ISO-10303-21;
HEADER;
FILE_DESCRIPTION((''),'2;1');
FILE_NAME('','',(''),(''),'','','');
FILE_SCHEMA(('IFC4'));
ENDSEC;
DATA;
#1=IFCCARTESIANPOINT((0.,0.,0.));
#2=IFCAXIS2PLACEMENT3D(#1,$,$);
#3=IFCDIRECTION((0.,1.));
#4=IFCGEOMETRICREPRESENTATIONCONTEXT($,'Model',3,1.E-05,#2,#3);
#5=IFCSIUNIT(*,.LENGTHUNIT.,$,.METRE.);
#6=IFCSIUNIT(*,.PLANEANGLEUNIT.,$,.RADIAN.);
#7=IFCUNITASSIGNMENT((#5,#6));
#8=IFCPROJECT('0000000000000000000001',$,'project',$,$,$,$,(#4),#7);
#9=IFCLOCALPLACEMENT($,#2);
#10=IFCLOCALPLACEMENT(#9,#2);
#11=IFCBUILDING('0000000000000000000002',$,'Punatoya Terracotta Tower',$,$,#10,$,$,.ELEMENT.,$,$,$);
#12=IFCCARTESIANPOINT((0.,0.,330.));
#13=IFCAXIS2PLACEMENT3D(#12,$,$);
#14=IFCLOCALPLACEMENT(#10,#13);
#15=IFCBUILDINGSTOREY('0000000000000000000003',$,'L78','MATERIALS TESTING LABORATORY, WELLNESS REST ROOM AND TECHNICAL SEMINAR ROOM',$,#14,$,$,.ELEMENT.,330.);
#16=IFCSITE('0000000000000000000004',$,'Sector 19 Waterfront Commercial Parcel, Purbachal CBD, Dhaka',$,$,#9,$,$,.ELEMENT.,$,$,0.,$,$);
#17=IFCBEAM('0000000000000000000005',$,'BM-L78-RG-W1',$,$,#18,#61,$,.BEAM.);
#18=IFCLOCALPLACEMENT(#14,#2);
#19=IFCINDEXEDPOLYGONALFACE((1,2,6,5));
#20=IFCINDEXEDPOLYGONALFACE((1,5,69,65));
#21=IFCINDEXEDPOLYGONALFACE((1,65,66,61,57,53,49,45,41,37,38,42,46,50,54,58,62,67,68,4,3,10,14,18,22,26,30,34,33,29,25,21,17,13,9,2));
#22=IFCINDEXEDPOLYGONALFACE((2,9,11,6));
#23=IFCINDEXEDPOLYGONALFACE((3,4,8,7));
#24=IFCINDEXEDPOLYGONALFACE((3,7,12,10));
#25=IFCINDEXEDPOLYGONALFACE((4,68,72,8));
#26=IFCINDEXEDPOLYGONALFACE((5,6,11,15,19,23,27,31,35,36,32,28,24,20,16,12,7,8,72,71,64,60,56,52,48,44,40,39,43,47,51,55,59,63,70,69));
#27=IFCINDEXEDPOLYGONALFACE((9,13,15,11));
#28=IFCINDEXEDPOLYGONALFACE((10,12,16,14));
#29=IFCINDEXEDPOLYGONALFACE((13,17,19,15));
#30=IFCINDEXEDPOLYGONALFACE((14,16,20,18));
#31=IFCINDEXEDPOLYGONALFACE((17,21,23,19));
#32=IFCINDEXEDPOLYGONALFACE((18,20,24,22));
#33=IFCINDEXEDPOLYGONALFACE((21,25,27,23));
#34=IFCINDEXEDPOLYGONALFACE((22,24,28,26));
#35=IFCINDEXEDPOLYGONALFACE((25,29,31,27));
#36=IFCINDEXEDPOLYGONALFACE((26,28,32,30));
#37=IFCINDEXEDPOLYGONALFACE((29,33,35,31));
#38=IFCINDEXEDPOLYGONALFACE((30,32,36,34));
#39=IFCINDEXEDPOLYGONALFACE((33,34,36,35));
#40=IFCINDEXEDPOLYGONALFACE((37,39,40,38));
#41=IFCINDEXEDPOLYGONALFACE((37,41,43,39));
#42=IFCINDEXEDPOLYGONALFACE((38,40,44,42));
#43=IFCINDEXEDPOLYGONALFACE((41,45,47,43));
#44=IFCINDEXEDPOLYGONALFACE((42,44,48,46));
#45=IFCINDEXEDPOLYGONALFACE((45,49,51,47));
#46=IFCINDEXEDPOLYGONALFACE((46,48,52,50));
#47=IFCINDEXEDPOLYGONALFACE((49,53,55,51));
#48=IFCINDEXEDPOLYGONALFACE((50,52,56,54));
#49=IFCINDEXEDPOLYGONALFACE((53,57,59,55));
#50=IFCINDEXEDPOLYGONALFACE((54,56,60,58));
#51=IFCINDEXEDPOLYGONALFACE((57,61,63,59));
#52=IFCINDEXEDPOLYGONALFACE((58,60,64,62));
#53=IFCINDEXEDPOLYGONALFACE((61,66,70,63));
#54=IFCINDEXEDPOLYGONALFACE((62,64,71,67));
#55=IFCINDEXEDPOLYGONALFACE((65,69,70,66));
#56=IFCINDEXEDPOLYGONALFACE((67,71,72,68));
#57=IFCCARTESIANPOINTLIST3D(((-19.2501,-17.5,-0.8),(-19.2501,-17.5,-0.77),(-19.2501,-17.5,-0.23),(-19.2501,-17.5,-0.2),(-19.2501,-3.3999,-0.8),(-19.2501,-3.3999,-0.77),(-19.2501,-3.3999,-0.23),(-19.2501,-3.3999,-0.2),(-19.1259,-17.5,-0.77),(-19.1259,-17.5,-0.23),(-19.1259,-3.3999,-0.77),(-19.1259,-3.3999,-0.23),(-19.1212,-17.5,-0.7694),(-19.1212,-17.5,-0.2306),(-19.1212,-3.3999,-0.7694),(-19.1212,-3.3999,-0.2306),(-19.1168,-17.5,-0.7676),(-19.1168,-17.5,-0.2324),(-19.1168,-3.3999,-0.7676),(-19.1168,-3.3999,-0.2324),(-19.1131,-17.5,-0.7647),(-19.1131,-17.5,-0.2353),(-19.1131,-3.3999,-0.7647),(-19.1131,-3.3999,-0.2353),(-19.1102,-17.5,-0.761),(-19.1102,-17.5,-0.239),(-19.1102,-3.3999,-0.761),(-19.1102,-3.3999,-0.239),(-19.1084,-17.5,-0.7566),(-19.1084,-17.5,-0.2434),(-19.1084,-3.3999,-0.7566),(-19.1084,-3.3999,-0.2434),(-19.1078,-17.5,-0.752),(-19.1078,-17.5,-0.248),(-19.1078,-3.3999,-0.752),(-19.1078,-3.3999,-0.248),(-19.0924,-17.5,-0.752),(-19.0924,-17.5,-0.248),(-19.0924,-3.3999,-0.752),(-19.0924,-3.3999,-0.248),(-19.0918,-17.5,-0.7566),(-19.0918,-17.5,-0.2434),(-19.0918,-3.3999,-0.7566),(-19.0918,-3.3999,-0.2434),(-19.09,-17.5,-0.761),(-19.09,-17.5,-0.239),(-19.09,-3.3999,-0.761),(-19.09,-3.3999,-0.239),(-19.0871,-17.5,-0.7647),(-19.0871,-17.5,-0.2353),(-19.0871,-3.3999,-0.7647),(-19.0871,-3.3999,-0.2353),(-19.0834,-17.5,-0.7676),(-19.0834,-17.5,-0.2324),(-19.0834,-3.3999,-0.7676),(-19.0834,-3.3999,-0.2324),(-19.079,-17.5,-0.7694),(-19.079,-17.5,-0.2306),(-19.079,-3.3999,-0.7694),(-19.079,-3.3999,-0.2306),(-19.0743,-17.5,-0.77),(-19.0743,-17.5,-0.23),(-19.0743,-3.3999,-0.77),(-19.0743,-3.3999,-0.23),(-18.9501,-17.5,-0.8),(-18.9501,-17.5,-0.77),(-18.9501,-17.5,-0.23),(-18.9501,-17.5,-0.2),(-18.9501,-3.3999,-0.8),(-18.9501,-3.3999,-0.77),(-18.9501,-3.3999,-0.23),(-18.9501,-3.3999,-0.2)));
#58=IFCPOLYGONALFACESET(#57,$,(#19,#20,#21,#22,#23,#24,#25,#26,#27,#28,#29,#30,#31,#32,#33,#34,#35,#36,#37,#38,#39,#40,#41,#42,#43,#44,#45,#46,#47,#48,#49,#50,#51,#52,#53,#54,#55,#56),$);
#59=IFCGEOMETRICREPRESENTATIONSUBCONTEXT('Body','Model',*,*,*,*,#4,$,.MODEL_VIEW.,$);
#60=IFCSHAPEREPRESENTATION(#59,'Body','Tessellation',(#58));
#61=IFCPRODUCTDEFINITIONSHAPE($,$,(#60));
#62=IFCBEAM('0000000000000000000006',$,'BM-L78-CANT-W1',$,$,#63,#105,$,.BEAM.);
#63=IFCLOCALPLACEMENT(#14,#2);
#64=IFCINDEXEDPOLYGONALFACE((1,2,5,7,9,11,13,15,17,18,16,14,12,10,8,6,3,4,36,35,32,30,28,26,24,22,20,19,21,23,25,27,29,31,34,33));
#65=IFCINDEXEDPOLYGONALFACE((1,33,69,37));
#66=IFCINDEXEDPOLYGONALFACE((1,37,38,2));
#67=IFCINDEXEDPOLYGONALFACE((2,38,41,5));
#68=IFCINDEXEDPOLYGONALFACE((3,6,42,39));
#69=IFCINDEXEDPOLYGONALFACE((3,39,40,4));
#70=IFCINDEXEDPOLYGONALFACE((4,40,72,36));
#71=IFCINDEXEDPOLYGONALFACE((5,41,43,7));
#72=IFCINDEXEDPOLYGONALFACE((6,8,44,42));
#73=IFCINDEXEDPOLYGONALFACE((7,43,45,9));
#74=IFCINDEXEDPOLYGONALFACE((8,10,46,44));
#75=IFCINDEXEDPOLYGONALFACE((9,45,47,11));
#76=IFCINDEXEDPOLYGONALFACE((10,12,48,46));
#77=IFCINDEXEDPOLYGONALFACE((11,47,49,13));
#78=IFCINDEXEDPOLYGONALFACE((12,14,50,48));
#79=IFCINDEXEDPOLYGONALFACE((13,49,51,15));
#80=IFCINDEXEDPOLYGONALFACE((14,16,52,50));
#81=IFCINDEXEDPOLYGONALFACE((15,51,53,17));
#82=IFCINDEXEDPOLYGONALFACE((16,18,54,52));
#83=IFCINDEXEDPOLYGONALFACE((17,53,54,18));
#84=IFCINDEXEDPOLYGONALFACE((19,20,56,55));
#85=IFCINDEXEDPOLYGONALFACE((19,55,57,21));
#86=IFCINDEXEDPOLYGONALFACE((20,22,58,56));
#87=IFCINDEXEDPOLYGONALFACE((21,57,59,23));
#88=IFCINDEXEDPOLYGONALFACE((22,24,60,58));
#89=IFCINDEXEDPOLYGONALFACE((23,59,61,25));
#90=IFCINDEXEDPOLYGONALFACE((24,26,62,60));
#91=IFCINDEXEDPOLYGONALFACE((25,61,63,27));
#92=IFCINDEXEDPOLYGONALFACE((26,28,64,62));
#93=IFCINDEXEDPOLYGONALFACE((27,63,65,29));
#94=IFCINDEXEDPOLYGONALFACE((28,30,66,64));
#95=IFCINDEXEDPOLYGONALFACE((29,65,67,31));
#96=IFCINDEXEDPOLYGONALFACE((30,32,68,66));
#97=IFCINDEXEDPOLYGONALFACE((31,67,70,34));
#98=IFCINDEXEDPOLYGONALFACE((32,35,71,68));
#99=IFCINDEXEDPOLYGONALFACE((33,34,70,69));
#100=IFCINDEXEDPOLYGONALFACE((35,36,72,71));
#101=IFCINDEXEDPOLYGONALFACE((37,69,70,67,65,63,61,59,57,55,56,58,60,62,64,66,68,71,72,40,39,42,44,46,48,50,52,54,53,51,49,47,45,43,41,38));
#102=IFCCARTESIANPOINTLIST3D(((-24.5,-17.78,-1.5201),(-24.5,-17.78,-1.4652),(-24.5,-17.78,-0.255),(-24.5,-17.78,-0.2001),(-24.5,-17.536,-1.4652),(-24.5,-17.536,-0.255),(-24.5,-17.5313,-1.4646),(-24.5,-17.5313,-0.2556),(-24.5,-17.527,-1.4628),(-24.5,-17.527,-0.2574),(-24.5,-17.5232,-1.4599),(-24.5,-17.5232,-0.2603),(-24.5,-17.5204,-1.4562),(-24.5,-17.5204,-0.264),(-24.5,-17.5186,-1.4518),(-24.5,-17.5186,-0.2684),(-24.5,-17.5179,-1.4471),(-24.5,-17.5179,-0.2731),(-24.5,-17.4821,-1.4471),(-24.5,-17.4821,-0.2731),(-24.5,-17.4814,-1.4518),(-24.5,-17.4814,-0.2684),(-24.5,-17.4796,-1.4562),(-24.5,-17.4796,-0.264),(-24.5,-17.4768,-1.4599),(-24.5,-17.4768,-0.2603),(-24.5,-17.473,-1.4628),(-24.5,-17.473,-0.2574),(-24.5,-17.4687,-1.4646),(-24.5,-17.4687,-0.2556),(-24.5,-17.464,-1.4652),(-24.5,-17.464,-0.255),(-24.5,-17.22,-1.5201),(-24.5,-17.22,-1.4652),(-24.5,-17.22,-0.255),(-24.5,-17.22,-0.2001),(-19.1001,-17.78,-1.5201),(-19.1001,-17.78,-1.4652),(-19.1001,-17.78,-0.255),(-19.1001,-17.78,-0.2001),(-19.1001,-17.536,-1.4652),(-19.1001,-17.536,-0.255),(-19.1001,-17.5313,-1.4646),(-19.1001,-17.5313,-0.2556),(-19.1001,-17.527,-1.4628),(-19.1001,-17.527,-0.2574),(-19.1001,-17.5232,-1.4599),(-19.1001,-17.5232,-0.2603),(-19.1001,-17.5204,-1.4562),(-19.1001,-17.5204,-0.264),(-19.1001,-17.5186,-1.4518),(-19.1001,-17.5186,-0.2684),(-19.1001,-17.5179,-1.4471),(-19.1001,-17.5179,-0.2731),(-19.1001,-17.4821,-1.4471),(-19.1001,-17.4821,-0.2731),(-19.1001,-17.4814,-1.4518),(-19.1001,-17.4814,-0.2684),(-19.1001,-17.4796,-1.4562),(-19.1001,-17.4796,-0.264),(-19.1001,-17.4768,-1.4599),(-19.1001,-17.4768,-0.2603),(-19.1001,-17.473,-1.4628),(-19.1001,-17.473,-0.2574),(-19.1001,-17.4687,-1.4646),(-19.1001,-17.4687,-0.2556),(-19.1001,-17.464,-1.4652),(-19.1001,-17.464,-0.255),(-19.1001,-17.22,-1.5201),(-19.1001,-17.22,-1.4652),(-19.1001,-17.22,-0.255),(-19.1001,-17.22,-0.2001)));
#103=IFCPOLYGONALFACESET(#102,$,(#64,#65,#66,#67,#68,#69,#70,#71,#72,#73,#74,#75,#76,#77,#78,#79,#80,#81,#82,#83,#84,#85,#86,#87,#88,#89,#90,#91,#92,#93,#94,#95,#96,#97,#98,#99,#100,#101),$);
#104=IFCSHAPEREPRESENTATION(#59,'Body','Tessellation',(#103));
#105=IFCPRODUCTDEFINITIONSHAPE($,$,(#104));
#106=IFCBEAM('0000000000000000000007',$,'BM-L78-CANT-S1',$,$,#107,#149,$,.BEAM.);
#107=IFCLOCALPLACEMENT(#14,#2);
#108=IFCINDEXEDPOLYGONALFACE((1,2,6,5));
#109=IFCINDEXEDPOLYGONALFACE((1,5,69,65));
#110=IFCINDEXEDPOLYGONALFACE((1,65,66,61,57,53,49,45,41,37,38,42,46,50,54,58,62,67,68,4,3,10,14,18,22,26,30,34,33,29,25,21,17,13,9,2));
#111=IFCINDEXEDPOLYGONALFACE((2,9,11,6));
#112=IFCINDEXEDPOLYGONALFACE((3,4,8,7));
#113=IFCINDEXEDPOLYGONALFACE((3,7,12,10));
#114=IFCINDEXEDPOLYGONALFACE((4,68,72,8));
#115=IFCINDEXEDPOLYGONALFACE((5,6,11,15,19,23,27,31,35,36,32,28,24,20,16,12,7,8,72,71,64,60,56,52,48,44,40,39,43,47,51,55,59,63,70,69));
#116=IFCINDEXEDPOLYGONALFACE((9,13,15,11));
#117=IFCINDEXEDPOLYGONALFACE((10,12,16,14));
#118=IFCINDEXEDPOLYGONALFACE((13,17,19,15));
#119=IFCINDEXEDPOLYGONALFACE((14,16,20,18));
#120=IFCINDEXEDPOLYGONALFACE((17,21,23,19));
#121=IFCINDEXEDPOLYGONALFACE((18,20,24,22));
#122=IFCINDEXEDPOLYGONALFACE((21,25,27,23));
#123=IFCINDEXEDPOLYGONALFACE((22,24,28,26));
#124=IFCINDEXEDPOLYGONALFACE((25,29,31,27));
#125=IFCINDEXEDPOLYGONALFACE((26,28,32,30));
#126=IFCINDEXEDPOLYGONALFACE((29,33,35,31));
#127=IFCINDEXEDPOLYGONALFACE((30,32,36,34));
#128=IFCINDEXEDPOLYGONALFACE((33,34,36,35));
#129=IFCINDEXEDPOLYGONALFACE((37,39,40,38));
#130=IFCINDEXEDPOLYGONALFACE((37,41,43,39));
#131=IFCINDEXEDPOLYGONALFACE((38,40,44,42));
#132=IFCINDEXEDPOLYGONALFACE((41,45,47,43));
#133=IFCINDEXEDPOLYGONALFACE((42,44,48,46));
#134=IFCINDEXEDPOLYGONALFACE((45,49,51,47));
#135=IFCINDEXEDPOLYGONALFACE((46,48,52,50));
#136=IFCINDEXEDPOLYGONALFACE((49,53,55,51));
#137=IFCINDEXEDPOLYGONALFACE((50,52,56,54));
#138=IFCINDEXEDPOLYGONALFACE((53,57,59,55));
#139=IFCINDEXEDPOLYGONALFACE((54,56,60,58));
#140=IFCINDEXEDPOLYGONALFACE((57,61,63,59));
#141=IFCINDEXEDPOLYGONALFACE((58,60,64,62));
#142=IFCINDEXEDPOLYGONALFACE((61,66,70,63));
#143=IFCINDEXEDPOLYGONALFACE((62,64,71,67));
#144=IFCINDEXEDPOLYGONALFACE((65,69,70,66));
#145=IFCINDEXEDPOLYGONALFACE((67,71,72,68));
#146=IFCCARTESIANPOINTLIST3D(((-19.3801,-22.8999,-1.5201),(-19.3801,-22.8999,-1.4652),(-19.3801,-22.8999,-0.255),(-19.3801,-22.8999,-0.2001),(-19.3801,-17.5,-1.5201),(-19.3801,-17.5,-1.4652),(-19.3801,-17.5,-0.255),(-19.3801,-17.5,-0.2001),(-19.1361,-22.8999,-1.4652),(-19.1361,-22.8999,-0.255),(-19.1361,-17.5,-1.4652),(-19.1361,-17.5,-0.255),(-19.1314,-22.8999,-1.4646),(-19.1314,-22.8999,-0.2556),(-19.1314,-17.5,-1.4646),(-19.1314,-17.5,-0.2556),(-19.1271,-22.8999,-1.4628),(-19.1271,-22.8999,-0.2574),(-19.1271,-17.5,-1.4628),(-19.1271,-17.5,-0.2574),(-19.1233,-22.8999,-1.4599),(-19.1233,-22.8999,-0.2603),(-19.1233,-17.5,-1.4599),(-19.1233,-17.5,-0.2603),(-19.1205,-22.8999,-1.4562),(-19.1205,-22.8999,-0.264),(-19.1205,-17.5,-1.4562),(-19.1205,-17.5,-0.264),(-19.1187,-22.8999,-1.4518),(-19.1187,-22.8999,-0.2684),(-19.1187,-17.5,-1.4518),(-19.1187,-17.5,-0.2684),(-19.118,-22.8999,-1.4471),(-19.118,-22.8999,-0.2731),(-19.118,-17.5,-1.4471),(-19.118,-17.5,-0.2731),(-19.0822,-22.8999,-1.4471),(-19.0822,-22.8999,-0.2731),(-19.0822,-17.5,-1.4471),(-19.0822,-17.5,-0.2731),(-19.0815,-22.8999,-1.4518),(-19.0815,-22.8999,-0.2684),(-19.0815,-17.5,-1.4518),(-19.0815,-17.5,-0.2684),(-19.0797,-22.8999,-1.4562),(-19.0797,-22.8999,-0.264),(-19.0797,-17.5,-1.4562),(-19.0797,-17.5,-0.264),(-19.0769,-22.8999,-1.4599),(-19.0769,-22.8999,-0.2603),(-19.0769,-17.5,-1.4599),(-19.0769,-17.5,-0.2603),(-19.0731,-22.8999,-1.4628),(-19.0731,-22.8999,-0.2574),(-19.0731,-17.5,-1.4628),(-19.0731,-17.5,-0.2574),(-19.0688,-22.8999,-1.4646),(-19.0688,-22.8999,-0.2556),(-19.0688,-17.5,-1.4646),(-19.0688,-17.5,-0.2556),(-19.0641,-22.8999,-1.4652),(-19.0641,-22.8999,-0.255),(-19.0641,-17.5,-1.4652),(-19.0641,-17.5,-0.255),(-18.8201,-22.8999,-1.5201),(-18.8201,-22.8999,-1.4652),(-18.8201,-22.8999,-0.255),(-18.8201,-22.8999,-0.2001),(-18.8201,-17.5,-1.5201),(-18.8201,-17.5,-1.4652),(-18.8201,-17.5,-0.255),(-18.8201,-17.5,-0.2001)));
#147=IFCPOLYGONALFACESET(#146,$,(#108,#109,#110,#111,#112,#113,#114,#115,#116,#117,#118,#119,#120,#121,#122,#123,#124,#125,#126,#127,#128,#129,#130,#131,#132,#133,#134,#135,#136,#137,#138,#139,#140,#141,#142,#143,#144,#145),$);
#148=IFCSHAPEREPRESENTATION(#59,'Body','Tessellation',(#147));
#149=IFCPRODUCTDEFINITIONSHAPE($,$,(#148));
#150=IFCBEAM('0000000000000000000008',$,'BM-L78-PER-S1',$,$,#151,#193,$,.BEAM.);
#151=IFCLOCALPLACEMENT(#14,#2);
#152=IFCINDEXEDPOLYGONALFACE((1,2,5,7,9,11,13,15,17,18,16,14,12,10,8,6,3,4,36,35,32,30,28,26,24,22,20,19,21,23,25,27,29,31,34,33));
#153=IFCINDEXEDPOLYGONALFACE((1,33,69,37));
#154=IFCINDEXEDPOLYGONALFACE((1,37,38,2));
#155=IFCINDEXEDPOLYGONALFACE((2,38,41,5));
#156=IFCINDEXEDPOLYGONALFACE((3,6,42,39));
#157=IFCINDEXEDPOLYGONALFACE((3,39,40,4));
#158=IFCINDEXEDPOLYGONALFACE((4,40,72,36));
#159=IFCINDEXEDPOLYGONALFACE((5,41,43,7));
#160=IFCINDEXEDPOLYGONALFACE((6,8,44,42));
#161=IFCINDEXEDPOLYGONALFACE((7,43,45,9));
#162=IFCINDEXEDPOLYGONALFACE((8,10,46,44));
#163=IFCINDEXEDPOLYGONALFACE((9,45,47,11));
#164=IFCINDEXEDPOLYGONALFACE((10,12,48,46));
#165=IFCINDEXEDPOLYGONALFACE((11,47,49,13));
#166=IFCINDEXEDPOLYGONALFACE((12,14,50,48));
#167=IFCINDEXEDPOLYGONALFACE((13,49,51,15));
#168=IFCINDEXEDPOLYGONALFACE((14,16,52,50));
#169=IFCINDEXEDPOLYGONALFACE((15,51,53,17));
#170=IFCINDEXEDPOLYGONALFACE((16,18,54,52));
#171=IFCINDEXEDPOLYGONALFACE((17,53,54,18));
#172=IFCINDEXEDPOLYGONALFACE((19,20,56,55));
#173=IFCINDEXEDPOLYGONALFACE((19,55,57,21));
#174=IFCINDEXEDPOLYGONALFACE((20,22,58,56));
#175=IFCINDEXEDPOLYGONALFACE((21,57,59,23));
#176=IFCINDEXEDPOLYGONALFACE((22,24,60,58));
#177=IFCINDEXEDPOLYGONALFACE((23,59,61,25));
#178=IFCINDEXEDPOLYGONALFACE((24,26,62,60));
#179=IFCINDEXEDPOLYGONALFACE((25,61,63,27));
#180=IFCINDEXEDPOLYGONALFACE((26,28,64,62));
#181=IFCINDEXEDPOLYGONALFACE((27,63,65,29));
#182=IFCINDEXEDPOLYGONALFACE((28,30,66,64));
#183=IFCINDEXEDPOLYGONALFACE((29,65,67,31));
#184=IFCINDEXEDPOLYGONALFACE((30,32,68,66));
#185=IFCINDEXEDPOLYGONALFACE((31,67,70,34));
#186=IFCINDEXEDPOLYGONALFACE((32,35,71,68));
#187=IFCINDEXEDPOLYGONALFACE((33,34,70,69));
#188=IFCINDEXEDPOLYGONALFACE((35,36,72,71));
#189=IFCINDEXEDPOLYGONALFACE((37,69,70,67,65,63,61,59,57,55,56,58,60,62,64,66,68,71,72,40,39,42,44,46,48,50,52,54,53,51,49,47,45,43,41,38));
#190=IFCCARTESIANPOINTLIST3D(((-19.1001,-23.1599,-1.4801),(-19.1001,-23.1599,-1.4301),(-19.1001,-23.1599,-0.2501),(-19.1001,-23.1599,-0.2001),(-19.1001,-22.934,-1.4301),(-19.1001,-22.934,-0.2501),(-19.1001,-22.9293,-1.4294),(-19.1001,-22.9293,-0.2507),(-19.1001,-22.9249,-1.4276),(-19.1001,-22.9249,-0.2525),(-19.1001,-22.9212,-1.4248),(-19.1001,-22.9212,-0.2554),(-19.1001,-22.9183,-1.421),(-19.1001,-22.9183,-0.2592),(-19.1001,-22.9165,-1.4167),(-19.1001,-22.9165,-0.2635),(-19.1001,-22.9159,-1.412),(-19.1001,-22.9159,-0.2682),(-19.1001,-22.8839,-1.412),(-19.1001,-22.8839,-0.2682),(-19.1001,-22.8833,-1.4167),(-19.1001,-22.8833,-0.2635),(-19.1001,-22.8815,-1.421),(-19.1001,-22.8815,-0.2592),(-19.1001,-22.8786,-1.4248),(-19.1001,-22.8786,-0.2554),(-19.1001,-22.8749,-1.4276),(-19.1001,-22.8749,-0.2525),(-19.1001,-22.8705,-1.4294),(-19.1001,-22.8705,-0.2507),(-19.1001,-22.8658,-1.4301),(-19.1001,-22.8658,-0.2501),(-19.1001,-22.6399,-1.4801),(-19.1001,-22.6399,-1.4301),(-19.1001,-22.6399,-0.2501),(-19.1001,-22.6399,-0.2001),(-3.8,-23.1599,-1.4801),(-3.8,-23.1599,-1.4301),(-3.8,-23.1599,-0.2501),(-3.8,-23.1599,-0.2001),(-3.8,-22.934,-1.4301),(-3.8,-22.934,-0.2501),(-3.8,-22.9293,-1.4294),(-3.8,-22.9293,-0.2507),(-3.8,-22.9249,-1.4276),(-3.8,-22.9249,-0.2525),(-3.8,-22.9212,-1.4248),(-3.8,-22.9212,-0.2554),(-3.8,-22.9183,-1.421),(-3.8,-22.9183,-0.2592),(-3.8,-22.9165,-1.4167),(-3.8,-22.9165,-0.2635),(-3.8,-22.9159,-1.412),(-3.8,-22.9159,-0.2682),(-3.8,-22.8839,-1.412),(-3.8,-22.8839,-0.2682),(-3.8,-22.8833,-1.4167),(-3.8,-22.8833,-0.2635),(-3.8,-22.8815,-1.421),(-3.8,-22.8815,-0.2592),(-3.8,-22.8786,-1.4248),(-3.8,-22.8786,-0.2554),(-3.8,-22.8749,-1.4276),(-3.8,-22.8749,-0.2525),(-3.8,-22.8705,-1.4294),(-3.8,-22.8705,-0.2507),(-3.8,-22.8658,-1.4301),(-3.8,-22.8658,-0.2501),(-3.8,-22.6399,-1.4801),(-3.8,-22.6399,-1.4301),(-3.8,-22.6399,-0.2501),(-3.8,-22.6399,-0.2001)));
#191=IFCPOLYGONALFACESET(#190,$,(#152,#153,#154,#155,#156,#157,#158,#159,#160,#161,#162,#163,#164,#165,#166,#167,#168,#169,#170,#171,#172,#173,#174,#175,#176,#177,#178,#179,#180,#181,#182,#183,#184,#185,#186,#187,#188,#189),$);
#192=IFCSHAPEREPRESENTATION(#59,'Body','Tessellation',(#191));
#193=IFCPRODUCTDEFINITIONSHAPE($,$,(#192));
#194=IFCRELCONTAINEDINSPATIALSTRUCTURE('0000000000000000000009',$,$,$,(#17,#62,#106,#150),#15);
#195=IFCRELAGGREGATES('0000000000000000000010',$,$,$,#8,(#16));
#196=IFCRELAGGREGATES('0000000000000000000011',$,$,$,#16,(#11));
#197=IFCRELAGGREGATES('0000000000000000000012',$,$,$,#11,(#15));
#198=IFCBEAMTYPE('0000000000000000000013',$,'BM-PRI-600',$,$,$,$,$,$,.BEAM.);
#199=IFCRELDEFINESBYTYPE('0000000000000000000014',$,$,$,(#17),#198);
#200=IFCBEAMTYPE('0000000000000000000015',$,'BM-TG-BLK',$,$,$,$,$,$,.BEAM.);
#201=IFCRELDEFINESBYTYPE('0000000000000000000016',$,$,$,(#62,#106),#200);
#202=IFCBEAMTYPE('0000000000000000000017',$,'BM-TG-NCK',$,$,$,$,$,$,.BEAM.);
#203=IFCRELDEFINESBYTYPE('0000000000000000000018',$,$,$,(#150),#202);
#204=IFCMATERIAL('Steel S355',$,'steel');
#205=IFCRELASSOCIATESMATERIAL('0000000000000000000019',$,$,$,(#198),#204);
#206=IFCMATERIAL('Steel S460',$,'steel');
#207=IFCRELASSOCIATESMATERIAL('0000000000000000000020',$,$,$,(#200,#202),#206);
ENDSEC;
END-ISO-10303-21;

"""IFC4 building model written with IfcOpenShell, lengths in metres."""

from ifc_helpers import new_model, si_unit, direction, frame, origin, origin_2d, place, context, subcontext, project, spatial, i_section, extrude, material, material_profile, profile_set, type_object, element, save


model = new_model("IFC4")

# Units and contexts
model_context = context("Model", 3, precision=1e-05, world=origin(), true_north=direction((0.0, 1.0)))
body_context = subcontext(model_context, "Body", "Model", "MODEL_VIEW")
ifc_project = project(units=[si_unit("LENGTHUNIT", "METRE"), si_unit("PLANEANGLEUNIT", "RADIAN")], contexts=[model_context])

# Site, building, storey
site_placement = place(None, origin())
site = spatial("IfcSite", under=ifc_project, at=site_placement, Name="Sector 19 Waterfront Commercial Parcel, Purbachal CBD, Dhaka", CompositionType="ELEMENT", RefElevation=0.0)
building_placement = place(site_placement, origin())
building = spatial("IfcBuilding", under=site, at=building_placement, Name="Punatoya Terracotta Tower", CompositionType="ELEMENT")
storey_placement = place(building_placement, frame((0.0, 0.0, 330.0)))
storey = spatial("IfcBuildingStorey", under=building, at=storey_placement, Name="L78", Description="MATERIALS TESTING LABORATORY, WELLNESS REST ROOM AND TECHNICAL SEMINAR ROOM", CompositionType="ELEMENT", Elevation=330.0)

# Shared definitions
ifc_material_1 = material(Name="Steel S460", Category="steel")

# Beams
ifc_material_2 = material(Name="Steel S355", Category="steel")
ifc_material_profile_1 = material_profile(ifc_material_2, i_section(OverallWidth=0.3, OverallDepth=0.6001, WebThickness=0.0154, FlangeThickness=0.03, FilletRadius=0.0181, at=origin_2d()))
ifc_profile_set_1 = profile_set([ifc_material_profile_1], Name="Steel S355")
beam_type_1 = type_object("IfcBeamType", Name="BM-PRI-600", PredefinedType="BEAM", material=ifc_profile_set_1)
beam_1_placement = place(storey_placement, frame((-19.1001, -17.5, -0.5), z_axis=(0.0, 1.0, 0.0), x_axis=(-1.0, 0.0, 0.0)))
element("IfcBeam", 1, at=beam_1_placement, inside=storey, type_object=beam_type_1, Name="BM-L78-RG-W1", PredefinedType="BEAM", context=body_context, shape_type="SweptSolid", body=[
    extrude(i_section(OverallWidth=0.3, OverallDepth=0.6001, WebThickness=0.0154, FlangeThickness=0.03, FilletRadius=0.0181, at=origin_2d()), origin(), (0.0, 0.0, 1.0), 14.1001),
])
ifc_material_profile_2 = material_profile(ifc_material_1, i_section(OverallWidth=0.5601, OverallDepth=1.3201, WebThickness=0.0359, FlangeThickness=0.0549, FilletRadius=0.0181, at=origin_2d()))
ifc_profile_set_2 = profile_set([ifc_material_profile_2], Name="Steel S460")
beam_type_2 = type_object("IfcBeamType", Name="BM-TG-BLK", PredefinedType="BEAM", material=ifc_profile_set_2)
for number, where, z_axis, x_axis, name in (
    (2, (-24.5, -17.5, -0.8601), (1.0, 0.0, 0.0), (0.0, 1.0, 0.0), "BM-L78-CANT-W1"),
    (3, (-19.1001, -22.8999, -0.8601), (0.0, 1.0, 0.0), (-1.0, 0.0, 0.0), "BM-L78-CANT-S1"),
):
    element("IfcBeam", number, at=place(storey_placement, frame(where, z_axis=z_axis, x_axis=x_axis)), inside=storey, type_object=beam_type_2, Name=name, PredefinedType="BEAM", context=body_context, shape_type="SweptSolid", body=[
        extrude(i_section(OverallWidth=0.5601, OverallDepth=1.3201, WebThickness=0.0359, FlangeThickness=0.0549, FilletRadius=0.0181, at=origin_2d()), origin(), (0.0, 0.0, 1.0), 5.3999),
    ])
ifc_material_profile_3 = material_profile(ifc_material_1, i_section(OverallWidth=0.52, OverallDepth=1.28, WebThickness=0.032, FlangeThickness=0.05, FilletRadius=0.0181, at=origin_2d()))
ifc_profile_set_3 = profile_set([ifc_material_profile_3], Name="Steel S460")
beam_type_3 = type_object("IfcBeamType", Name="BM-TG-NCK", PredefinedType="BEAM", material=ifc_profile_set_3)
beam_2_placement = place(storey_placement, frame((-19.1001, -22.8999, -0.8401), z_axis=(1.0, 0.0, 0.0), x_axis=(0.0, 1.0, 0.0)))
element("IfcBeam", 4, at=beam_2_placement, inside=storey, type_object=beam_type_3, Name="BM-L78-PER-S1", PredefinedType="BEAM", context=body_context, shape_type="SweptSolid", body=[
    extrude(i_section(OverallWidth=0.52, OverallDepth=1.28, WebThickness=0.032, FlangeThickness=0.05, FilletRadius=0.0181, at=origin_2d()), origin(), (0.0, 0.0, 1.0), 15.3),
])

save(model, "model.ifc")
